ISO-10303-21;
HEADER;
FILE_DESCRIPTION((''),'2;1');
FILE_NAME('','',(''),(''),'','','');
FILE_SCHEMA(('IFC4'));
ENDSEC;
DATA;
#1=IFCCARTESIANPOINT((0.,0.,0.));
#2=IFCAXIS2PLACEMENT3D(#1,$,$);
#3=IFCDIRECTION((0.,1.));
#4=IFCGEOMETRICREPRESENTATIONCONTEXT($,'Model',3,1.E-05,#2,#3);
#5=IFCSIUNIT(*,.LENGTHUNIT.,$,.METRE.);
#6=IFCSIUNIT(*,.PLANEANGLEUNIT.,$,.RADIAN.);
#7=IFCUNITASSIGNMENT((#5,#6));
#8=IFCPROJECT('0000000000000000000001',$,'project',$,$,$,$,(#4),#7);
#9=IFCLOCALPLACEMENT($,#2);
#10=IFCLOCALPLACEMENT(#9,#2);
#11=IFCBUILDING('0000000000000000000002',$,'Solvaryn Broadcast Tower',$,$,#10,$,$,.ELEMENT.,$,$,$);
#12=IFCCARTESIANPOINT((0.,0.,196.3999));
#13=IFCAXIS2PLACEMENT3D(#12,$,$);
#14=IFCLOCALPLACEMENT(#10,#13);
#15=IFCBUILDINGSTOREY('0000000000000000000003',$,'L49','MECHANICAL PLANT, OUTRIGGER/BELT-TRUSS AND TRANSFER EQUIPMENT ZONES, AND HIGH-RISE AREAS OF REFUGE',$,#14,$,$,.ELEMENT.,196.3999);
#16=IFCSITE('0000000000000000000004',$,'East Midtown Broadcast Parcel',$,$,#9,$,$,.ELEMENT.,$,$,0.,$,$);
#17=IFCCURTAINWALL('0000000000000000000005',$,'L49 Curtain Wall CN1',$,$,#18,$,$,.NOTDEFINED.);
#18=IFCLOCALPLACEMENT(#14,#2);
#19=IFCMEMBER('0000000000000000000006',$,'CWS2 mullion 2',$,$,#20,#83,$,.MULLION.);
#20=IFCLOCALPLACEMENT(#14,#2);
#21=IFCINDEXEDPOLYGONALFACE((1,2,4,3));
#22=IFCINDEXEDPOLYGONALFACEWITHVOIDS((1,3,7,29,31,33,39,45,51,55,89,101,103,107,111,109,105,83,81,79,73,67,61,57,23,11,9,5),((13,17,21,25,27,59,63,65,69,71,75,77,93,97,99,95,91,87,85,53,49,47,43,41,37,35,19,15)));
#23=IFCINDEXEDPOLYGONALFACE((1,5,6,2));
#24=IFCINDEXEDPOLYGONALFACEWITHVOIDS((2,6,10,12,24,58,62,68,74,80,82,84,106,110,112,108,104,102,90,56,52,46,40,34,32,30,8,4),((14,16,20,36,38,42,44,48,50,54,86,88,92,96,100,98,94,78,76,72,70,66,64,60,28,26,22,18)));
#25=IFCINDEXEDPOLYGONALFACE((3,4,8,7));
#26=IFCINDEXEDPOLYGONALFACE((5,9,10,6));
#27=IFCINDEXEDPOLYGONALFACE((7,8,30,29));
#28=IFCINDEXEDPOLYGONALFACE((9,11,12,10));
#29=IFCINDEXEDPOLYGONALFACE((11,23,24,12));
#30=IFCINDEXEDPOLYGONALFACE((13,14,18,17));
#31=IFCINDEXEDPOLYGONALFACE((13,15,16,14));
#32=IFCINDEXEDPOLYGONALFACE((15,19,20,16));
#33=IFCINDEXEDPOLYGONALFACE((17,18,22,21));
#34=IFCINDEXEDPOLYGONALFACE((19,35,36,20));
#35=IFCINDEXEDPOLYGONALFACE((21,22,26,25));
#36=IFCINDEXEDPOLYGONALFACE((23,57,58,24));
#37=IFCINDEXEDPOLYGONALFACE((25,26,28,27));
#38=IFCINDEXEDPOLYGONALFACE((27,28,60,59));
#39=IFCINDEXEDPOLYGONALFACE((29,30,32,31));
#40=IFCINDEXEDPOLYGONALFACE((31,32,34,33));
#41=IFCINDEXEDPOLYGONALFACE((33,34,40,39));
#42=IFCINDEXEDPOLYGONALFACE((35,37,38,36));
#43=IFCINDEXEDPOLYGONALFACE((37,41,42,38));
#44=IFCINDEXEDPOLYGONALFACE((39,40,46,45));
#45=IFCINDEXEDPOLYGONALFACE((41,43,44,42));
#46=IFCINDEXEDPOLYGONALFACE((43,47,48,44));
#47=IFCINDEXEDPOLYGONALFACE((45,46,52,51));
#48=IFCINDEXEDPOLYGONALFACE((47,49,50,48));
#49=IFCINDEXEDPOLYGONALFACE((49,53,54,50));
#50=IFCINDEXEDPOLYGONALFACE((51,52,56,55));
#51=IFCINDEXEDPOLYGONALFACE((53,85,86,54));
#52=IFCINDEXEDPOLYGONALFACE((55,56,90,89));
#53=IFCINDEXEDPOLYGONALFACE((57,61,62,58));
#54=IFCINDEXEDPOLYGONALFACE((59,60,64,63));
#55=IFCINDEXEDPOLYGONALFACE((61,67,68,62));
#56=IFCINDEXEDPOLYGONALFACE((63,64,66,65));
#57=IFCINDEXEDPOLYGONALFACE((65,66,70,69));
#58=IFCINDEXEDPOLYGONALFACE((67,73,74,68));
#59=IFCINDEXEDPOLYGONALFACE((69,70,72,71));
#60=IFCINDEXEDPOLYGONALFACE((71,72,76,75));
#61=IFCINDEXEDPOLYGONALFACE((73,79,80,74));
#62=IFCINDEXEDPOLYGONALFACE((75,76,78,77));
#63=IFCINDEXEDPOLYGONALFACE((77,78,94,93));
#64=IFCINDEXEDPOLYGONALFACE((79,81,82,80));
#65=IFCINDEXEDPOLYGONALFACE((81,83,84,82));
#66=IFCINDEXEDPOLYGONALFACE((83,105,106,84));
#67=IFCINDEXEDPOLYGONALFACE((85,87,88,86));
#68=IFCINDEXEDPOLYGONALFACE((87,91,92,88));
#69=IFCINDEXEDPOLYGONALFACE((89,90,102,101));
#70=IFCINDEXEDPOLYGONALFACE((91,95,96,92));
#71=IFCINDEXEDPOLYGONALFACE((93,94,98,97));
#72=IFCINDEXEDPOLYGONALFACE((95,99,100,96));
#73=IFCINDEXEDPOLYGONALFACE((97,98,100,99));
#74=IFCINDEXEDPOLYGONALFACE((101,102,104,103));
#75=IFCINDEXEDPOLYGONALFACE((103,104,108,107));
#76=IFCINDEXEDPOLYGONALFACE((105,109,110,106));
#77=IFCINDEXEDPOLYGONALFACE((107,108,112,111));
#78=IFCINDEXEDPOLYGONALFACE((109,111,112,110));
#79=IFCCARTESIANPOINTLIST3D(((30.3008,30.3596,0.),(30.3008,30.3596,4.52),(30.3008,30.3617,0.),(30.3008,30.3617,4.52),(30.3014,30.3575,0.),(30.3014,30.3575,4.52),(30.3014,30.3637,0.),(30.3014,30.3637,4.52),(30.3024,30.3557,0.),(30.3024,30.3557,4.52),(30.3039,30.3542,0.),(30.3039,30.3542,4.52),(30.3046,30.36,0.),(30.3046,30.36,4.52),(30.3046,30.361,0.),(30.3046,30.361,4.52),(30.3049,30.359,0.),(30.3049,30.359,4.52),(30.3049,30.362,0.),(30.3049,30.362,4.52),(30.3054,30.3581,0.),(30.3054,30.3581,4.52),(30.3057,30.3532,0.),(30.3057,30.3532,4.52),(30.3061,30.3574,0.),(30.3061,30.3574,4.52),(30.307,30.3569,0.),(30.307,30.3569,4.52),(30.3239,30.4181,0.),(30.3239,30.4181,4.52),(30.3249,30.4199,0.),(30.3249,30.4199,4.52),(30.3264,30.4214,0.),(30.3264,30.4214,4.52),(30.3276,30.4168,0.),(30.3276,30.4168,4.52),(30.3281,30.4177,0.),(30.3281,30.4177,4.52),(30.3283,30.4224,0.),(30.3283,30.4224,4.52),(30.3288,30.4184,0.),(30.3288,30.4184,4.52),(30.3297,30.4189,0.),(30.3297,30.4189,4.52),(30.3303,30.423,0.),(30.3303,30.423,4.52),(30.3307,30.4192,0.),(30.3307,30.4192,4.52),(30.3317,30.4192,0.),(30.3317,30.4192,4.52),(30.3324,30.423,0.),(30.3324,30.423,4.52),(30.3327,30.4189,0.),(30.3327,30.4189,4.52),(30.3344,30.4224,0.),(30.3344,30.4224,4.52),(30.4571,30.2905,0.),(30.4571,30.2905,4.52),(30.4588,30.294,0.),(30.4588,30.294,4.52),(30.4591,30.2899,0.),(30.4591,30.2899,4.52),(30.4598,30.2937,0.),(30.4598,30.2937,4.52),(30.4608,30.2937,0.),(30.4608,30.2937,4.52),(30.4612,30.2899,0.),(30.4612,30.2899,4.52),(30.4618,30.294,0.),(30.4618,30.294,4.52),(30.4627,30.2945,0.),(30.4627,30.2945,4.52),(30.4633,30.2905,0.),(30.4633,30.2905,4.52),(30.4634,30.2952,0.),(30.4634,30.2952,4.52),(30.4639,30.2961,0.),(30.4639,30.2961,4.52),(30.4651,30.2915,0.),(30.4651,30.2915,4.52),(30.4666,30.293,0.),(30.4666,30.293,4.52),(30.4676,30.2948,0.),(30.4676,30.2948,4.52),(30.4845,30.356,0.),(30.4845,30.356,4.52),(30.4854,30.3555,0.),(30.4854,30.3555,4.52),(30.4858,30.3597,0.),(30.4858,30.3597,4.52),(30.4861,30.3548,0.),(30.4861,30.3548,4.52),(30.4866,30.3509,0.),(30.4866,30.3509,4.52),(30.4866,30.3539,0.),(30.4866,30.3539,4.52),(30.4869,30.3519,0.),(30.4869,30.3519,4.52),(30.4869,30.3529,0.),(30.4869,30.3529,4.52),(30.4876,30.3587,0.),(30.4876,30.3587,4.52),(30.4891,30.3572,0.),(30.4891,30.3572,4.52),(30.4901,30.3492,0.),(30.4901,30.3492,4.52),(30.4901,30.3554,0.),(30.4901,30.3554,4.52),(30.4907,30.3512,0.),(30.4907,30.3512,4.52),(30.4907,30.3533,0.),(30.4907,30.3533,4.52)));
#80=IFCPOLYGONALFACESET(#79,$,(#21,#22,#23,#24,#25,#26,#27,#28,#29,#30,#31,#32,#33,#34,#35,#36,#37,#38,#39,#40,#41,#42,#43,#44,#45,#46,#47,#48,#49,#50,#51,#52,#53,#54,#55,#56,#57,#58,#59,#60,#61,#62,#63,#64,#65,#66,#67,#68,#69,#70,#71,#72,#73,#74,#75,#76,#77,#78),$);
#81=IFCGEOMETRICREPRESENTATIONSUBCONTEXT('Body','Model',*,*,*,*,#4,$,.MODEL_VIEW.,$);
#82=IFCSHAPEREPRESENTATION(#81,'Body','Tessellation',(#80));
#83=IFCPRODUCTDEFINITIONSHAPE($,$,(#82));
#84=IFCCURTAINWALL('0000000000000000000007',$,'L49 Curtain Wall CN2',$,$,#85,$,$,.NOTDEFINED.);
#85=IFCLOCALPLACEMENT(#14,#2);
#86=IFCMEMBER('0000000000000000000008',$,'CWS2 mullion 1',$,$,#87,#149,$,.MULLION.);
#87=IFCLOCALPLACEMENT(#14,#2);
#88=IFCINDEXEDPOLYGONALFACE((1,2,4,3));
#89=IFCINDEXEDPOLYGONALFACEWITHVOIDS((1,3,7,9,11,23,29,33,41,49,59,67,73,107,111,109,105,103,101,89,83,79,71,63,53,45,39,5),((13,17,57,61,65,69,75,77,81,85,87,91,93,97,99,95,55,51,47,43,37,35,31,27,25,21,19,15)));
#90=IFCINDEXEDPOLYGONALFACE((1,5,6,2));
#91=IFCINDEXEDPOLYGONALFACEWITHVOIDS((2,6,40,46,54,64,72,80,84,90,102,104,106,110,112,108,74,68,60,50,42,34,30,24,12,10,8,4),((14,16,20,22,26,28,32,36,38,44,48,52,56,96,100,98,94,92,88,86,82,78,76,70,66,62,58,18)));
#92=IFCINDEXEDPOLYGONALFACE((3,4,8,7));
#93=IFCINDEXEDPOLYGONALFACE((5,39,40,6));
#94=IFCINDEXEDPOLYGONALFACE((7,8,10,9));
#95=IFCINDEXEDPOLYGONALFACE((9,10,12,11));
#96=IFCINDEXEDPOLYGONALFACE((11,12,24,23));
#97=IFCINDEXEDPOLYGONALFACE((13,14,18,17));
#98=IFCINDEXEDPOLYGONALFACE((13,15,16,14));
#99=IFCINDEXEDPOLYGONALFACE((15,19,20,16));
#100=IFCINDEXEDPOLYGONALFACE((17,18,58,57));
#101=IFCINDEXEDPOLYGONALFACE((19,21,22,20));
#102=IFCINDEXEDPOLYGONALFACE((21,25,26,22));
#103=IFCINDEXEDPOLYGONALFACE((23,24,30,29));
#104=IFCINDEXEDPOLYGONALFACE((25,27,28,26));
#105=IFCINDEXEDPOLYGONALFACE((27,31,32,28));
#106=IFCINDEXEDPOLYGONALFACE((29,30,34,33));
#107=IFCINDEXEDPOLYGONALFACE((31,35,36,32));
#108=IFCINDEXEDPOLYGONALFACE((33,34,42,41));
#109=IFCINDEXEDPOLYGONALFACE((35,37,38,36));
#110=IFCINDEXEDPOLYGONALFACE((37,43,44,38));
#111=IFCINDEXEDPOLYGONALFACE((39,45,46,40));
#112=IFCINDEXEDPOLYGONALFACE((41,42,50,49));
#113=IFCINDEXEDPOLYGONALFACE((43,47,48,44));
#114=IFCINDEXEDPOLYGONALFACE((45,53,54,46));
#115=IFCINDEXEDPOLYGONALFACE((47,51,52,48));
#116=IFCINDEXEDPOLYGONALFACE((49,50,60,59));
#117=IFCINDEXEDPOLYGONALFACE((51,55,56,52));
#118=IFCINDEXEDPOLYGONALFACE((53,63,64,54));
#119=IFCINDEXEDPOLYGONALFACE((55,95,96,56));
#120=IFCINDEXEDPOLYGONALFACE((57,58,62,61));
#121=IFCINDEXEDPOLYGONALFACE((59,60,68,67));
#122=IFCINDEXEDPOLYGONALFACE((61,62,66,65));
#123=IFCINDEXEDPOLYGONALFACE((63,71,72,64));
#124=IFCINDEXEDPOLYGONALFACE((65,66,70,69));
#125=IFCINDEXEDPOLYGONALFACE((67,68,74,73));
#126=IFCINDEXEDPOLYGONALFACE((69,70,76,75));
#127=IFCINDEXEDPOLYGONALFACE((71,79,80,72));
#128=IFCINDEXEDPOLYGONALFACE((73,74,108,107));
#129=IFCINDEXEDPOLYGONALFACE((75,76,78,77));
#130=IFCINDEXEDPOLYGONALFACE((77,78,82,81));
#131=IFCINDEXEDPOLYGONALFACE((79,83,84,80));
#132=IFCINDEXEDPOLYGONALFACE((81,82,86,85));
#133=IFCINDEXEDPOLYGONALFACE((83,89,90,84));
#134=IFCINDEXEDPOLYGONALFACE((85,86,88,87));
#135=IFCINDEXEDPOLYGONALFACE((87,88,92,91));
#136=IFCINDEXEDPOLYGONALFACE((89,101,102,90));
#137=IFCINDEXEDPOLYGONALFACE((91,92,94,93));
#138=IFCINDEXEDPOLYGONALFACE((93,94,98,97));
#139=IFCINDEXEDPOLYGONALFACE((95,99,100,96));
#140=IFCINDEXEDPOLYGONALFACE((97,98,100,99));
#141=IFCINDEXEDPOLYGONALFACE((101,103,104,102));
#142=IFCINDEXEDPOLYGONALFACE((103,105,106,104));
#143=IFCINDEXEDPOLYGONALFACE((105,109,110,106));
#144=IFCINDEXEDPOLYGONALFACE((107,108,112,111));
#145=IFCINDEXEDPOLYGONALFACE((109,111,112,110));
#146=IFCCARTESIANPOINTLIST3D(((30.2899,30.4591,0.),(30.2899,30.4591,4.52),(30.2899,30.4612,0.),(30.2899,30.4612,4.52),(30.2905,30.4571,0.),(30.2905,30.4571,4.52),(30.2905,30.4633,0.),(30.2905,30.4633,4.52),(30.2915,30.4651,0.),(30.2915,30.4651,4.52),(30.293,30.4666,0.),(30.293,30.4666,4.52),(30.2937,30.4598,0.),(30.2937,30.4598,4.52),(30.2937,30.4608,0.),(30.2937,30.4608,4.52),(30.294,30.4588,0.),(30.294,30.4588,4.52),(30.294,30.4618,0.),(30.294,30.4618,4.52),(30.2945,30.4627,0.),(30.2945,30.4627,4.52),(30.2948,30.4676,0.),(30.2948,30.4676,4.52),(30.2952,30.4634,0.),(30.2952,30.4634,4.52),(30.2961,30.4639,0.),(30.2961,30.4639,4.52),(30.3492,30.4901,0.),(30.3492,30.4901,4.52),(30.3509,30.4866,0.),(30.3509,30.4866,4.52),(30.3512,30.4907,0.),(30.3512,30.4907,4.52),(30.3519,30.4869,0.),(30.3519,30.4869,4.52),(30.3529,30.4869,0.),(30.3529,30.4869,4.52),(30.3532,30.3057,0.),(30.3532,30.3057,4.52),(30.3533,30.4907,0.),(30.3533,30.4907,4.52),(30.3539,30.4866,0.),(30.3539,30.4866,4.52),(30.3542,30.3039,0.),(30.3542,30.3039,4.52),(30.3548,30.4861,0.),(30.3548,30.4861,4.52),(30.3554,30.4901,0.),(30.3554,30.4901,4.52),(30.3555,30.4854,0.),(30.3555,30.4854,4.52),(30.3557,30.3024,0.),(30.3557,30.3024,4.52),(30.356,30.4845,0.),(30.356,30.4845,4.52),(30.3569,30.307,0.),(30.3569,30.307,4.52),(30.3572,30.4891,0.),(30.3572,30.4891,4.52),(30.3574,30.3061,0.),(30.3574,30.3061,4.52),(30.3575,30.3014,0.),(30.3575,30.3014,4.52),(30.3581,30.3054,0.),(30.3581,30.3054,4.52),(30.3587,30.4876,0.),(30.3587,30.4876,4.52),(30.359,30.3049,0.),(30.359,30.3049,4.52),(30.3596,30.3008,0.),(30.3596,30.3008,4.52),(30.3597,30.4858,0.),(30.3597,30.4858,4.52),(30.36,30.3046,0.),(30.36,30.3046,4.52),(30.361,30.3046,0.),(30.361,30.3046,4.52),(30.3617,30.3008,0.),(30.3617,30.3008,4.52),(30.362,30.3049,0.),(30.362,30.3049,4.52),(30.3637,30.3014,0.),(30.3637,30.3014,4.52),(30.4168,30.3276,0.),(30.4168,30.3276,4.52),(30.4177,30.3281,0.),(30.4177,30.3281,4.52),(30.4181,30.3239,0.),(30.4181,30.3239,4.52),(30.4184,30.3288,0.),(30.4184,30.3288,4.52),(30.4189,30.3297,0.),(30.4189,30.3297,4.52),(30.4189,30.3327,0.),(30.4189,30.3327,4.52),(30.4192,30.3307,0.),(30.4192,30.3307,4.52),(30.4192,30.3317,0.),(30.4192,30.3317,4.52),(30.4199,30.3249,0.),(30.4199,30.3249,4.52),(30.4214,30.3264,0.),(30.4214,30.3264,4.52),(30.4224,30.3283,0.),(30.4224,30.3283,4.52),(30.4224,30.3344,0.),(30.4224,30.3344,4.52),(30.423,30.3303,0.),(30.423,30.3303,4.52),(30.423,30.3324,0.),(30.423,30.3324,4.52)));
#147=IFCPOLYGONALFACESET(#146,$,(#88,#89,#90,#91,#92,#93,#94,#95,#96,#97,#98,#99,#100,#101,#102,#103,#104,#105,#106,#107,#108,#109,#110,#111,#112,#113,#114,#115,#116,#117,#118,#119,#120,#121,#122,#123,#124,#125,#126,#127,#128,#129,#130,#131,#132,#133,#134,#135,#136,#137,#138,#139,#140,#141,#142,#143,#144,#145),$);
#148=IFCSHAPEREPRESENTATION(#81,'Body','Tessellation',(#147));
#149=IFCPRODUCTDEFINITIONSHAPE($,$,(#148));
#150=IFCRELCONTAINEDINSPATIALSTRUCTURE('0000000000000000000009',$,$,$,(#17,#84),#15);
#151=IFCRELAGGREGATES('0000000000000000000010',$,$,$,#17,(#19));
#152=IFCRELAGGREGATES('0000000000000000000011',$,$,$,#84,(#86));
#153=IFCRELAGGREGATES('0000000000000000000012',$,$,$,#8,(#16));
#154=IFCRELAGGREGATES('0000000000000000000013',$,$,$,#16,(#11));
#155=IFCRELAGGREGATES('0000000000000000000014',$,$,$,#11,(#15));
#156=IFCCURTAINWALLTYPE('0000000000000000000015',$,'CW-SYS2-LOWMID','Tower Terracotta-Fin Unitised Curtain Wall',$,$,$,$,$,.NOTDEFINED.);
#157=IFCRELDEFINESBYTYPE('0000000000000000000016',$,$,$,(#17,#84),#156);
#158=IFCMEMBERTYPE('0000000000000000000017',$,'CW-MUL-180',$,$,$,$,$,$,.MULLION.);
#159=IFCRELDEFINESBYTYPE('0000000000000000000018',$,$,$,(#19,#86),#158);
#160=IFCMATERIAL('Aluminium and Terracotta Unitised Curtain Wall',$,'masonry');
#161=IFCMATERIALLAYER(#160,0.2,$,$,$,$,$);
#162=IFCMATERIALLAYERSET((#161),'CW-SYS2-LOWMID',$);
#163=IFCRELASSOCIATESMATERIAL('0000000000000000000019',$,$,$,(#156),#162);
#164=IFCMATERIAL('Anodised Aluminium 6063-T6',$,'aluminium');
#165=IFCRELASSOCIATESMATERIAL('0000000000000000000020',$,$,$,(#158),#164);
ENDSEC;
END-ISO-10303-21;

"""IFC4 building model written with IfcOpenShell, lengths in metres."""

from ifc_helpers import new_model, si_unit, direction, frame, origin, origin_2d, place, context, subcontext, project, spatial, hollow_rectangle, extrude, material, layer, layer_set, material_profile, profile_set, type_object, element, aggregate, save


model = new_model("IFC4")

# Units and contexts
model_context = context("Model", 3, precision=1e-05, world=origin(), true_north=direction((0.0, 1.0)))
body_context = subcontext(model_context, "Body", "Model", "MODEL_VIEW")
ifc_project = project(units=[si_unit("LENGTHUNIT", "METRE"), si_unit("PLANEANGLEUNIT", "RADIAN")], contexts=[model_context])

# Site, building, storey
site_placement = place(None, origin())
site = spatial("IfcSite", under=ifc_project, at=site_placement, Name="East Midtown Broadcast Parcel", CompositionType="ELEMENT", RefElevation=0.0)
building_placement = place(site_placement, origin())
building = spatial("IfcBuilding", under=site, at=building_placement, Name="Solvaryn Broadcast Tower", CompositionType="ELEMENT")
storey_placement = place(building_placement, frame((0.0, 0.0, 196.3999)))
storey = spatial("IfcBuildingStorey", under=building, at=storey_placement, Name="L49", Description="MECHANICAL PLANT, OUTRIGGER/BELT-TRUSS AND TRANSFER EQUIPMENT ZONES, AND HIGH-RISE AREAS OF REFUGE", CompositionType="ELEMENT", Elevation=196.3999)

# Shared definitions
ifc_material_1 = material(Name="Aluminium and Terracotta Unitised Curtain Wall", Category="masonry")
ifc_layer_1 = layer(ifc_material_1, 0.2)
ifc_layer_set_1 = layer_set([ifc_layer_1], Name="CW-SYS2-LOWMID")
curtain_wall_type = type_object("IfcCurtainWallType", Name="CW-SYS2-LOWMID", Description="Tower Terracotta-Fin Unitised Curtain Wall", PredefinedType="NOTDEFINED", material=ifc_layer_set_1)
ifc_material_2 = material(Name="Anodised Aluminium 6063-T6", Category="aluminium")
ifc_material_profile_1 = material_profile(ifc_material_2, hollow_rectangle(XDim=0.075, YDim=0.1799, WallThickness=0.0039, InnerFilletRadius=0.0039, OuterFilletRadius=0.0081, at=origin_2d()))
ifc_profile_set_1 = profile_set([ifc_material_profile_1], Name="Anodised Aluminium 6063-T6")
member_type_1 = type_object("IfcMemberType", Name="CW-MUL-180", PredefinedType="MULLION", material=ifc_profile_set_1)

# Curtain wall, member
curtain_wall_1_placement = place(storey_placement, origin())
curtain_wall_1 = element("IfcCurtainWall", 1, at=curtain_wall_1_placement, inside=storey, type_object=curtain_wall_type, Name="L49 Curtain Wall CN1", PredefinedType="NOTDEFINED")
member_1_placement = place(storey_placement, frame((30.3958, 30.3564, 0.0), z_axis=(0.0, 0.0, 1.0), x_axis=(-0.382646, -0.923895, 0.0)))
member_1 = element("IfcMember", 2, at=member_1_placement, type_object=member_type_1, Name="CWS2 mullion 2", PredefinedType="MULLION", context=body_context, shape_type="SweptSolid", body=[
    extrude(hollow_rectangle(XDim=0.075, YDim=0.1799, WallThickness=0.0039, InnerFilletRadius=0.0039, OuterFilletRadius=0.0081, at=origin_2d()), origin(), (0.0, 0.0, 1.0), 4.52),
])
aggregate(curtain_wall_1, [member_1])

# Curtain wall, member
curtain_wall_2_placement = place(storey_placement, origin())
curtain_wall_2 = element("IfcCurtainWall", 3, at=curtain_wall_2_placement, inside=storey, type_object=curtain_wall_type, Name="L49 Curtain Wall CN2", PredefinedType="NOTDEFINED")
member_2_placement = place(storey_placement, frame((30.3564, 30.3958, 0.0), z_axis=(0.0, 0.0, 1.0), x_axis=(-0.923895, -0.382646, 0.0)))
member_2 = element("IfcMember", 4, at=member_2_placement, type_object=member_type_1, Name="CWS2 mullion 1", PredefinedType="MULLION", context=body_context, shape_type="SweptSolid", body=[
    extrude(hollow_rectangle(XDim=0.075, YDim=0.1799, WallThickness=0.0039, InnerFilletRadius=0.0039, OuterFilletRadius=0.0081, at=origin_2d()), origin(), (0.0, 0.0, 1.0), 4.52),
])

aggregate(curtain_wall_2, [member_2])

save(model, "model.ifc")
